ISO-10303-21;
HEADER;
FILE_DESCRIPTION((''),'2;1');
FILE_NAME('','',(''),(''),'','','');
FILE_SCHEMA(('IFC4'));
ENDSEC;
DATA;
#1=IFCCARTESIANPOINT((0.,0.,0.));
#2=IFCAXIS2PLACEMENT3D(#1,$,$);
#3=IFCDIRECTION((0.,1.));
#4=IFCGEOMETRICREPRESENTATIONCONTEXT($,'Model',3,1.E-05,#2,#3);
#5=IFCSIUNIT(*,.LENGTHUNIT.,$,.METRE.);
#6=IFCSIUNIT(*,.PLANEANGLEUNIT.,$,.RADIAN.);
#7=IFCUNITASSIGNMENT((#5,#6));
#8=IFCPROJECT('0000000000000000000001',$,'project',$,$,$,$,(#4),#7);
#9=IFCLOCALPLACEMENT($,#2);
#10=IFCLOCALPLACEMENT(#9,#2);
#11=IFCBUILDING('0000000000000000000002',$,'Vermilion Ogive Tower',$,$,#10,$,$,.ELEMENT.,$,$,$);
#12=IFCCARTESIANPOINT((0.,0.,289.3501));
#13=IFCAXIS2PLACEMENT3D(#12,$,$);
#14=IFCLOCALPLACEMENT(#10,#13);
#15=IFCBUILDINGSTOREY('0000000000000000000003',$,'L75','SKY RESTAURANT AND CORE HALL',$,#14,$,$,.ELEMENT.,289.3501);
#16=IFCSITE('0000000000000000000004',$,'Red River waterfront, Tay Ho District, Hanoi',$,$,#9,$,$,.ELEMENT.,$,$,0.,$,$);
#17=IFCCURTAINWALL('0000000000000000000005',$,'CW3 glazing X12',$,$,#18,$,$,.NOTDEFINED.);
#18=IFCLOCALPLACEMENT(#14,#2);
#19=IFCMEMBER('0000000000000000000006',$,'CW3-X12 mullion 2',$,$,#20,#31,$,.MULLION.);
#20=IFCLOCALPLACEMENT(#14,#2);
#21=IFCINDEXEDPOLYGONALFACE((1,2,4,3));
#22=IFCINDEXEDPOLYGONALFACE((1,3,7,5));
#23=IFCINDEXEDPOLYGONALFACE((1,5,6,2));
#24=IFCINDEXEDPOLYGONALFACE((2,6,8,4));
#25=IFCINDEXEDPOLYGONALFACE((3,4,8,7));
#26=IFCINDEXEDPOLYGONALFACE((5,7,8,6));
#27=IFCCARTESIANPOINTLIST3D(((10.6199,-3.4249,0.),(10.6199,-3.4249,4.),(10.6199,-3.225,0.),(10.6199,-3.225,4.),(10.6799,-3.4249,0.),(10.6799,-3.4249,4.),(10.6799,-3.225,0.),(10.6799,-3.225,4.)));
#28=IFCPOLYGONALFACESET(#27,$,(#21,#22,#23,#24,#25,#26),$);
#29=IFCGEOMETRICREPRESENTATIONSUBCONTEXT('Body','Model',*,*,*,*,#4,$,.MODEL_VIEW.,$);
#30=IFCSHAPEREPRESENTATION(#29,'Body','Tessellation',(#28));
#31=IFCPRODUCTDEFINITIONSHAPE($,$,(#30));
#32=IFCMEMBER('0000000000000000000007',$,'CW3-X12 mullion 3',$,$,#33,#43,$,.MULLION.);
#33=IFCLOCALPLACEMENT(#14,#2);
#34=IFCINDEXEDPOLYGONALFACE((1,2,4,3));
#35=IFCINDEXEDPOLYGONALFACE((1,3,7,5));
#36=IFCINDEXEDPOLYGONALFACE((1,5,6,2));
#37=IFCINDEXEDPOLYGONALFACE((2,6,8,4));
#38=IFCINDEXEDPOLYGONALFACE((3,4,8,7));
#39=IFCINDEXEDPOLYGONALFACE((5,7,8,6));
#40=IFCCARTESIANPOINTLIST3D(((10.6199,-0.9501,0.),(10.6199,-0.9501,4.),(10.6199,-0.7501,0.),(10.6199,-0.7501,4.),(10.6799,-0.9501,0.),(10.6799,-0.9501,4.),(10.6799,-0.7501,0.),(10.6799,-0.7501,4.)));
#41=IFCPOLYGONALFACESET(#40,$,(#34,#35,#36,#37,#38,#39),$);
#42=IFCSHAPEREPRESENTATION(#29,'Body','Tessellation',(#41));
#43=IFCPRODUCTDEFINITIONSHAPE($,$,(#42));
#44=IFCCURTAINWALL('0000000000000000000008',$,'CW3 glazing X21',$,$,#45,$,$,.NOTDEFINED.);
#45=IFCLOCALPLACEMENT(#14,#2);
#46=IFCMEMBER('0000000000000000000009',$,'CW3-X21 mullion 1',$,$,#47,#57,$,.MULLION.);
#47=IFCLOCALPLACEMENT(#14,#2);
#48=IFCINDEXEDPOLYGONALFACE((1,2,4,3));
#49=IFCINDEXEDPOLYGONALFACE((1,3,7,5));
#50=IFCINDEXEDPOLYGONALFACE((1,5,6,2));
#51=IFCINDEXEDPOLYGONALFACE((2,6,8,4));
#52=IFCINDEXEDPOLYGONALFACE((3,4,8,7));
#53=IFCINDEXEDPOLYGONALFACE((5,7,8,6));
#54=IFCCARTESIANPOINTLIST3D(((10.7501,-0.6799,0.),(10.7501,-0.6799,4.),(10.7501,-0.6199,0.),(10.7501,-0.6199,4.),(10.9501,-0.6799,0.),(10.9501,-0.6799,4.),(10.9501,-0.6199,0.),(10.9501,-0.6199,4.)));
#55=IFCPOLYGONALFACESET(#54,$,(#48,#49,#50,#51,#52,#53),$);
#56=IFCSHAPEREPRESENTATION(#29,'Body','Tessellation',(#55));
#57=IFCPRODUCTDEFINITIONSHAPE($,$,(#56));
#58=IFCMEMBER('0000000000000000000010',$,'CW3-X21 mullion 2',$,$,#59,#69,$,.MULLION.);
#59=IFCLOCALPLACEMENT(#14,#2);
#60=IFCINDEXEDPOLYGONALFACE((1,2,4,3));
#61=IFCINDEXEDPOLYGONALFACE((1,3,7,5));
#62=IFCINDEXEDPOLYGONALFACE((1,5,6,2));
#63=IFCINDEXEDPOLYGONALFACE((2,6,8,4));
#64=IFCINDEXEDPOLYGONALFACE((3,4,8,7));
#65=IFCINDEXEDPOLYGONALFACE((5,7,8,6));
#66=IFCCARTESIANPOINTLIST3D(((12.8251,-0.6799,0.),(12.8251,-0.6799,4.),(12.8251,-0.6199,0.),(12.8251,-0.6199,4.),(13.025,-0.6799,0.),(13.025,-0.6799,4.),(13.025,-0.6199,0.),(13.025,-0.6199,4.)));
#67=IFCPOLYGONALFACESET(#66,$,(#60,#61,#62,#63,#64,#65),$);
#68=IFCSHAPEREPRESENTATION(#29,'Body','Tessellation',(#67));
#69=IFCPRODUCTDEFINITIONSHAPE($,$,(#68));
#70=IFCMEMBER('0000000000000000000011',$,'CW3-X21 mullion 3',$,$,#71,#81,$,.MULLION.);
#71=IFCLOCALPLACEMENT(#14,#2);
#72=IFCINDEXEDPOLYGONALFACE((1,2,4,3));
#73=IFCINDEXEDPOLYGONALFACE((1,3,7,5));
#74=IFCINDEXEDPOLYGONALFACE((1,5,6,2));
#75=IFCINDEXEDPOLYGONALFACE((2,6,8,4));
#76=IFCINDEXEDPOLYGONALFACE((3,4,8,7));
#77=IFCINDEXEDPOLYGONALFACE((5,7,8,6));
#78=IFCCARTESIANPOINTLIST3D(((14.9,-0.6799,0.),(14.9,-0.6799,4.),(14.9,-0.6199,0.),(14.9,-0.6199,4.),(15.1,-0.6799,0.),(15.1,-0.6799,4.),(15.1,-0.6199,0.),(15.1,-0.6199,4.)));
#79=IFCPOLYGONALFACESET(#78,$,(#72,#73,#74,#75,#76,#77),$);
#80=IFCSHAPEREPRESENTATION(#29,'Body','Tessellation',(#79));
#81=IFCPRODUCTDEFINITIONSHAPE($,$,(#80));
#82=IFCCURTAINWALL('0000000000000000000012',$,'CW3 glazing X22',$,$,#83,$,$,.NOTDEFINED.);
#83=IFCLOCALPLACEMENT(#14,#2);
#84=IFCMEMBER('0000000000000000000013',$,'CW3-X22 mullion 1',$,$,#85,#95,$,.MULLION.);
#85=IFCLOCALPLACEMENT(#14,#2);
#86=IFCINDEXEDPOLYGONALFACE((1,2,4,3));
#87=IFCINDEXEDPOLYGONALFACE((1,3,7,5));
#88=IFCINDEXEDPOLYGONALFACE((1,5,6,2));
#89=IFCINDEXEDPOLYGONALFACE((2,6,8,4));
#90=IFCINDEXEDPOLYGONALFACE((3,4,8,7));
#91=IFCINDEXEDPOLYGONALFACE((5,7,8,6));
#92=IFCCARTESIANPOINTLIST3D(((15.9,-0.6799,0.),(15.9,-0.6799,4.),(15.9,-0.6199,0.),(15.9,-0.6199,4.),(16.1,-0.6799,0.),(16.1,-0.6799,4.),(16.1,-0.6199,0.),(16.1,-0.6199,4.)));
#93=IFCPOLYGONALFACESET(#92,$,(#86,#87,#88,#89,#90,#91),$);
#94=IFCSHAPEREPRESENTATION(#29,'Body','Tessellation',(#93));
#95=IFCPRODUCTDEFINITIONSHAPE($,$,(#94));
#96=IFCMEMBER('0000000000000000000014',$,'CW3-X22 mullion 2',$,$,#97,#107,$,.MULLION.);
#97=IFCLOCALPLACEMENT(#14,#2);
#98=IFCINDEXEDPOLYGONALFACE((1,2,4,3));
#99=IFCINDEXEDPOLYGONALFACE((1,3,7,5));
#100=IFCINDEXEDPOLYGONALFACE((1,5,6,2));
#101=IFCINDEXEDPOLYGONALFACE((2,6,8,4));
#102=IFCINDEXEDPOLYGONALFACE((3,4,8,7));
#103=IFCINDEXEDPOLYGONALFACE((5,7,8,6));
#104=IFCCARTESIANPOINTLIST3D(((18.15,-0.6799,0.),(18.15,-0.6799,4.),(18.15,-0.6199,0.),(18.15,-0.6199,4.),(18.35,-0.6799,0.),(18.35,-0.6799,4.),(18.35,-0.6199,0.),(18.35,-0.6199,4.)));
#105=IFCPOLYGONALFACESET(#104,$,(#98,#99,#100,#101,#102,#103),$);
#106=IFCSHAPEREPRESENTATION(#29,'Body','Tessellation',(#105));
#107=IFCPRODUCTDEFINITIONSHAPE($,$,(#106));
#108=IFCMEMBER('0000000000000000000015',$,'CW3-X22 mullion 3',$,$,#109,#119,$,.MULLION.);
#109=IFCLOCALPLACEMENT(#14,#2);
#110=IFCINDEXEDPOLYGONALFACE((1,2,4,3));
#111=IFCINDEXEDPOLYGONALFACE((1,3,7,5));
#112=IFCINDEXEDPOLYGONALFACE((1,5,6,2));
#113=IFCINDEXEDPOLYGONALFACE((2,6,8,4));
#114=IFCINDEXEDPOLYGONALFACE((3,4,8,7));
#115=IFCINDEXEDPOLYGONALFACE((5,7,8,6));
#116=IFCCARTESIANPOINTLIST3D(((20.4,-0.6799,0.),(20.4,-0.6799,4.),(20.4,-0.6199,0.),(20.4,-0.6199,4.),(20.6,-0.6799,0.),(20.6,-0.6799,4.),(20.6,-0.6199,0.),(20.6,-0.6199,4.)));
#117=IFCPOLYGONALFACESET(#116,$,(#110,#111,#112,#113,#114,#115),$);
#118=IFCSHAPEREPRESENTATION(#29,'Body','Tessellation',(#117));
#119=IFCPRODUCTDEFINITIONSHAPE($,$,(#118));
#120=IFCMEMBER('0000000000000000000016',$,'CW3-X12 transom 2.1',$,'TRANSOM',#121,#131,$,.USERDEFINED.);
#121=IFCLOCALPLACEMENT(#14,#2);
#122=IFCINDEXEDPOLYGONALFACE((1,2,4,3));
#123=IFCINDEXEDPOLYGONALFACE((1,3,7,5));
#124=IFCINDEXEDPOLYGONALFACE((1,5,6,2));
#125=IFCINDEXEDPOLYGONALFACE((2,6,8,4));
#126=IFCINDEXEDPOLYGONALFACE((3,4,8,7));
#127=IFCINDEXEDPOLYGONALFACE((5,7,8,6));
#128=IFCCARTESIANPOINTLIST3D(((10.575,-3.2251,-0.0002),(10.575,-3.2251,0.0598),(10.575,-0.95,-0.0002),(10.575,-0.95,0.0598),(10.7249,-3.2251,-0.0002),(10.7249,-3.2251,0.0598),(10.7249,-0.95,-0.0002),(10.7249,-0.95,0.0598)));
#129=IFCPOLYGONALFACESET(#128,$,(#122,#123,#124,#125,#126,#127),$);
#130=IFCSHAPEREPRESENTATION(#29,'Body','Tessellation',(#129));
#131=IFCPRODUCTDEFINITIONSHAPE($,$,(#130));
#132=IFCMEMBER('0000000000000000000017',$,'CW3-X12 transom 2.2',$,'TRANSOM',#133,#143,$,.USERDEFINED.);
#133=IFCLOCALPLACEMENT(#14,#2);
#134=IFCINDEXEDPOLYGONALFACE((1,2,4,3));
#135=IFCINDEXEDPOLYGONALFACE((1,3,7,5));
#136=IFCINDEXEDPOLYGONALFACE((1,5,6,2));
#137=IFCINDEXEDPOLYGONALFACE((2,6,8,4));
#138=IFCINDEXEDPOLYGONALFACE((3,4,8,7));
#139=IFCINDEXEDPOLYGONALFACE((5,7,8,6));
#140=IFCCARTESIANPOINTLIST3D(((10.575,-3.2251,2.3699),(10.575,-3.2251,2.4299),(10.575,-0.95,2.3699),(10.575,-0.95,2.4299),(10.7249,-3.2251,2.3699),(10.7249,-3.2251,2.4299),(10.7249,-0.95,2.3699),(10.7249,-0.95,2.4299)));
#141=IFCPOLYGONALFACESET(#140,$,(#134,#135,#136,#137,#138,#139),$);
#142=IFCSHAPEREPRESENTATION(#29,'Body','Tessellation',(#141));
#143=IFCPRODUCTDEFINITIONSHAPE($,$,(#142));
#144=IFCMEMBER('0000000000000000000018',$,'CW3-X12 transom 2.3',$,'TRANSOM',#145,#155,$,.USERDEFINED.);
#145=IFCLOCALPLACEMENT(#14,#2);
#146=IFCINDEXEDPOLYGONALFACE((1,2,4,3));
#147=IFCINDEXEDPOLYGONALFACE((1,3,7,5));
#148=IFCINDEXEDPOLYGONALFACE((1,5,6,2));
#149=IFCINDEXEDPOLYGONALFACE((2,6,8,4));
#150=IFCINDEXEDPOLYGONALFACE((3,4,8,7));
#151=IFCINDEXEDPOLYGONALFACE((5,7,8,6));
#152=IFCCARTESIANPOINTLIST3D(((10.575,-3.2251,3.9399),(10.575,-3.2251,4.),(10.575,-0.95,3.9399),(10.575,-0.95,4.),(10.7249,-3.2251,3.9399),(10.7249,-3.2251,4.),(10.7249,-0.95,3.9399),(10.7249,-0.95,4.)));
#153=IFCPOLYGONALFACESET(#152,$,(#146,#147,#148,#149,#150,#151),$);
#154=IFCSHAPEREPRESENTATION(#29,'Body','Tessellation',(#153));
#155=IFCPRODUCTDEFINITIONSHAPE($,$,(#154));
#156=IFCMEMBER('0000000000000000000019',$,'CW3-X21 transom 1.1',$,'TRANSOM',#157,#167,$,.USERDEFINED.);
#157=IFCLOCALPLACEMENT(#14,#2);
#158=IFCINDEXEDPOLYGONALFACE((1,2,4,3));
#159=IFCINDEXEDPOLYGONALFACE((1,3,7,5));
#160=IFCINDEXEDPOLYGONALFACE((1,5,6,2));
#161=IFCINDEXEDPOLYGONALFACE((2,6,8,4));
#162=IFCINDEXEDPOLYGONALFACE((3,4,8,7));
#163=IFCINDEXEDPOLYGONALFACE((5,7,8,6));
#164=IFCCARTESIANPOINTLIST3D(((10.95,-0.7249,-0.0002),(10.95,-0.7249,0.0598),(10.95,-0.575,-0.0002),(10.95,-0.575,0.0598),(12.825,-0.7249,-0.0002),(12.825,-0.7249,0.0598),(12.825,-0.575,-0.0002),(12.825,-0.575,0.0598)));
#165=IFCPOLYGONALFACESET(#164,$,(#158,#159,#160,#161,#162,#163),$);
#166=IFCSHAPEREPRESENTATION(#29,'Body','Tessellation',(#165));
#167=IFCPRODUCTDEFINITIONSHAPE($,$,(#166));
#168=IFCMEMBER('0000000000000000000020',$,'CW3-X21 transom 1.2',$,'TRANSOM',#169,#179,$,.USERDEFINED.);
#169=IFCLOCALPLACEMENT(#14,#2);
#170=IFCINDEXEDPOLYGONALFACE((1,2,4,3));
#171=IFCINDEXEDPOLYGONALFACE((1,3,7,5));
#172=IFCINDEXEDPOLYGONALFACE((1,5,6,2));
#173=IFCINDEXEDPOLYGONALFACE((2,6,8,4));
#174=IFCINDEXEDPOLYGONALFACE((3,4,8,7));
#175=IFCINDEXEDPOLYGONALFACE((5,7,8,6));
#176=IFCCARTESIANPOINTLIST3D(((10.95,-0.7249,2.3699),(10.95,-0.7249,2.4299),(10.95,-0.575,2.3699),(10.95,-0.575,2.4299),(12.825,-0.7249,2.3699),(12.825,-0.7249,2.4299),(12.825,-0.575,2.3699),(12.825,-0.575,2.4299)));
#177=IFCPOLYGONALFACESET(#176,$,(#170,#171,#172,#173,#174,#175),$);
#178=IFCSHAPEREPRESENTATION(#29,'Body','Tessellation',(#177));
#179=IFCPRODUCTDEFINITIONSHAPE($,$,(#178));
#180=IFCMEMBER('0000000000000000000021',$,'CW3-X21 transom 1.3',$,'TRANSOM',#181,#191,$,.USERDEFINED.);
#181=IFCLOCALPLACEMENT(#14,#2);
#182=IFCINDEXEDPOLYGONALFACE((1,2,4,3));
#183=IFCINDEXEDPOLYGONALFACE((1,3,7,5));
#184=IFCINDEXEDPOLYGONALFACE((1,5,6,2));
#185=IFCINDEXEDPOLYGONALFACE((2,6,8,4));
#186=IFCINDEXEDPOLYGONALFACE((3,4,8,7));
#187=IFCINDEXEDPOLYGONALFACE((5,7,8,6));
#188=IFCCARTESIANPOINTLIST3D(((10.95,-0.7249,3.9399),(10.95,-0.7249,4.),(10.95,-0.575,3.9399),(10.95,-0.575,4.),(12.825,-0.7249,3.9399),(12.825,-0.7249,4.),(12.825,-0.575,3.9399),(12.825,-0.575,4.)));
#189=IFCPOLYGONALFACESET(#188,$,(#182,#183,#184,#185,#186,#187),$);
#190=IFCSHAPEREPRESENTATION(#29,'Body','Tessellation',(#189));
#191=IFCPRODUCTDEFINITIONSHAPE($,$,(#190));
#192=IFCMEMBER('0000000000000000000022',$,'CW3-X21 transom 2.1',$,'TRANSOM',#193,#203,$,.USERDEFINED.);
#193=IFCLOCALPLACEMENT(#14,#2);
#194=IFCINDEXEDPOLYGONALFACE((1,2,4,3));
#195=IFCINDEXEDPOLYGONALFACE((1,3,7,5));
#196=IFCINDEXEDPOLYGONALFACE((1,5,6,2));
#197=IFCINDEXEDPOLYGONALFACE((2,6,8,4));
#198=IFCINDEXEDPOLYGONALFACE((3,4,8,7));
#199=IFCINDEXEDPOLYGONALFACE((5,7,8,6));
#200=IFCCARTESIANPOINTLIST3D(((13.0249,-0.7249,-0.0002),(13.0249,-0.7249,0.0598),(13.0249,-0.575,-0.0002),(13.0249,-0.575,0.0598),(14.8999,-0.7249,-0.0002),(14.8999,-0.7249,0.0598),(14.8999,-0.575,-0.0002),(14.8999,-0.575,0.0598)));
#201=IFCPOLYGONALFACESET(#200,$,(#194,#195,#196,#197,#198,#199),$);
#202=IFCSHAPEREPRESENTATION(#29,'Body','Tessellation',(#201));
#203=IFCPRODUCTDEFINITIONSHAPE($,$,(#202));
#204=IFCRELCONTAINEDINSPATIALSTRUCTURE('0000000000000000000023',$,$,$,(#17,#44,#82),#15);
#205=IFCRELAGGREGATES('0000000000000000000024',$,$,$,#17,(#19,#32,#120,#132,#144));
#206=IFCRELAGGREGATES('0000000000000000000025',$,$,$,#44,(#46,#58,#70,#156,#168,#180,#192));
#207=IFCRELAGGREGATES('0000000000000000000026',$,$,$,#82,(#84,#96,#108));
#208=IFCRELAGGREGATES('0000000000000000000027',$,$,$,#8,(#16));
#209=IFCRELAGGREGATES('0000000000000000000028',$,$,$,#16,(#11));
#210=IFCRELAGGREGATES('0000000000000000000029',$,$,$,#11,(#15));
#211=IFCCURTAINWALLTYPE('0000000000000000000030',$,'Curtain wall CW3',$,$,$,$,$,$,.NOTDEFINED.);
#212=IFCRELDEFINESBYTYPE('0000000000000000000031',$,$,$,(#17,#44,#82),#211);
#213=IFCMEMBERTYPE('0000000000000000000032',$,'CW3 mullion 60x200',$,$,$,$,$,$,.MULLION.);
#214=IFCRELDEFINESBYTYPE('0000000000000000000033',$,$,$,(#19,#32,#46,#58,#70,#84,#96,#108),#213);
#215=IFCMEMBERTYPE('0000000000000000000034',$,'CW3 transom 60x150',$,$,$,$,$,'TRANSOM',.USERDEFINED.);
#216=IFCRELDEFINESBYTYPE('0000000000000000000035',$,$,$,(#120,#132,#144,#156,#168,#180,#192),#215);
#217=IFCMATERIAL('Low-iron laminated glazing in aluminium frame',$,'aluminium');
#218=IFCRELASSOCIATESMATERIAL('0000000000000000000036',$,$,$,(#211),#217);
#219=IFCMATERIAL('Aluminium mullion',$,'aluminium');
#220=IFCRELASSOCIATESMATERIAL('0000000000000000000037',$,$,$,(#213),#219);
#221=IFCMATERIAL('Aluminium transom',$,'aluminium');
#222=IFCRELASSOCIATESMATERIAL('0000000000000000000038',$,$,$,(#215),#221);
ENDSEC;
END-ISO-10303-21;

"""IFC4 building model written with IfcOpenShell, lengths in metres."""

from ifc_helpers import new_model, si_unit, direction, frame, origin, origin_2d, place, context, subcontext, project, spatial, rectangle, extrude, material, material_profile, profile_set, type_object, element, aggregate, save


model = new_model("IFC4")

# Units and contexts
model_context = context("Model", 3, precision=1e-05, world=origin(), true_north=direction((0.0, 1.0)))
body_context = subcontext(model_context, "Body", "Model", "MODEL_VIEW")
ifc_project = project(units=[si_unit("LENGTHUNIT", "METRE"), si_unit("PLANEANGLEUNIT", "RADIAN")], contexts=[model_context])

# Site, building, storey
site_placement = place(None, origin())
site = spatial("IfcSite", under=ifc_project, at=site_placement, Name="Red River waterfront, Tay Ho District, Hanoi", CompositionType="ELEMENT", RefElevation=0.0)
building_placement = place(site_placement, origin())
building = spatial("IfcBuilding", under=site, at=building_placement, Name="Vermilion Ogive Tower", CompositionType="ELEMENT")
storey_placement = place(building_placement, frame((0.0, 0.0, 289.3501)))
storey = spatial("IfcBuildingStorey", under=building, at=storey_placement, Name="L75", Description="SKY RESTAURANT AND CORE HALL", CompositionType="ELEMENT", Elevation=289.3501)

# Curtain walls, members
ifc_material_1 = material(Name="Low-iron laminated glazing in aluminium frame", Category="aluminium")
curtain_wall_type = type_object("IfcCurtainWallType", Name="Curtain wall CW3", PredefinedType="NOTDEFINED", material=ifc_material_1)
curtain_wall_1_placement = place(storey_placement, origin())
curtain_wall_1 = element("IfcCurtainWall", 1, at=curtain_wall_1_placement, inside=storey, type_object=curtain_wall_type, Name="CW3 glazing X12", PredefinedType="NOTDEFINED")
ifc_material_2 = material(Name="Aluminium mullion", Category="aluminium")
ifc_material_profile_1 = material_profile(ifc_material_2, rectangle(XDim=0.0601, YDim=0.2, at=origin_2d()), Name="AL 60x200")
ifc_profile_set_1 = profile_set([ifc_material_profile_1], Name="Aluminium mullion")
member_type_1 = type_object("IfcMemberType", Name="CW3 mullion 60x200", PredefinedType="MULLION", material=ifc_profile_set_1)
member_1_placement = place(storey_placement, frame((10.6499, -3.325, 0.0), z_axis=(0.0, 0.0, 1.0), x_axis=(-1.0, 0.0, 0.0)))
member_1 = element("IfcMember", 2, at=member_1_placement, type_object=member_type_1, Name="CW3-X12 mullion 2", PredefinedType="MULLION", context=body_context, shape_type="SweptSolid", body=[
    extrude(rectangle(XDim=0.0601, YDim=0.2, at=origin_2d()), origin(), (0.0, 0.0, 1.0), 4.0),
])
member_2_placement = place(storey_placement, frame((10.6499, -0.8501, 0.0), z_axis=(0.0, 0.0, 1.0), x_axis=(-1.0, 0.0, 0.0)))
member_2 = element("IfcMember", 3, at=member_2_placement, type_object=member_type_1, Name="CW3-X12 mullion 3", PredefinedType="MULLION", context=body_context, shape_type="SweptSolid", body=[
    extrude(rectangle(XDim=0.0601, YDim=0.2, at=origin_2d()), origin(), (0.0, 0.0, 1.0), 4.0),
])
curtain_wall_2_placement = place(storey_placement, origin())
curtain_wall_2 = element("IfcCurtainWall", 4, at=curtain_wall_2_placement, inside=storey, type_object=curtain_wall_type, Name="CW3 glazing X21", PredefinedType="NOTDEFINED")
member_3_placement = place(storey_placement, frame((10.8501, -0.6499, 0.0), z_axis=(0.0, 0.0, 1.0), x_axis=(0.0, 1.0, 0.0)))
member_3 = element("IfcMember", 5, at=member_3_placement, type_object=member_type_1, Name="CW3-X21 mullion 1", PredefinedType="MULLION", context=body_context, shape_type="SweptSolid", body=[
    extrude(rectangle(XDim=0.0601, YDim=0.2, at=origin_2d()), origin(), (0.0, 0.0, 1.0), 4.0),
])
member_4_placement = place(storey_placement, frame((12.925, -0.6499, 0.0), z_axis=(0.0, 0.0, 1.0), x_axis=(0.0, 1.0, 0.0)))
member_4 = element("IfcMember", 6, at=member_4_placement, type_object=member_type_1, Name="CW3-X21 mullion 2", PredefinedType="MULLION", context=body_context, shape_type="SweptSolid", body=[
    extrude(rectangle(XDim=0.0601, YDim=0.2, at=origin_2d()), origin(), (0.0, 0.0, 1.0), 4.0),
])
member_5_placement = place(storey_placement, frame((15.0, -0.6499, 0.0), z_axis=(0.0, 0.0, 1.0), x_axis=(0.0, 1.0, 0.0)))
member_5 = element("IfcMember", 7, at=member_5_placement, type_object=member_type_1, Name="CW3-X21 mullion 3", PredefinedType="MULLION", context=body_context, shape_type="SweptSolid", body=[
    extrude(rectangle(XDim=0.0601, YDim=0.2, at=origin_2d()), origin(), (0.0, 0.0, 1.0), 4.0),
])
curtain_wall_3_placement = place(storey_placement, origin())
curtain_wall_3 = element("IfcCurtainWall", 8, at=curtain_wall_3_placement, inside=storey, type_object=curtain_wall_type, Name="CW3 glazing X22", PredefinedType="NOTDEFINED")
member_6_placement = place(storey_placement, frame((16.0, -0.6499, 0.0), z_axis=(0.0, 0.0, 1.0), x_axis=(0.0, 1.0, 0.0)))
member_6 = element("IfcMember", 9, at=member_6_placement, type_object=member_type_1, Name="CW3-X22 mullion 1", PredefinedType="MULLION", context=body_context, shape_type="SweptSolid", body=[
    extrude(rectangle(XDim=0.0601, YDim=0.2, at=origin_2d()), origin(), (0.0, 0.0, 1.0), 4.0),
])
member_7_placement = place(storey_placement, frame((18.25, -0.6499, 0.0), z_axis=(0.0, 0.0, 1.0), x_axis=(0.0, 1.0, 0.0)))
member_7 = element("IfcMember", 10, at=member_7_placement, type_object=member_type_1, Name="CW3-X22 mullion 2", PredefinedType="MULLION", context=body_context, shape_type="SweptSolid", body=[
    extrude(rectangle(XDim=0.0601, YDim=0.2, at=origin_2d()), origin(), (0.0, 0.0, 1.0), 4.0),
])
member_8_placement = place(storey_placement, frame((20.5, -0.6499, 0.0), z_axis=(0.0, 0.0, 1.0), x_axis=(0.0, 1.0, 0.0)))
member_8 = element("IfcMember", 11, at=member_8_placement, type_object=member_type_1, Name="CW3-X22 mullion 3", PredefinedType="MULLION", context=body_context, shape_type="SweptSolid", body=[
    extrude(rectangle(XDim=0.0601, YDim=0.2, at=origin_2d()), origin(), (0.0, 0.0, 1.0), 4.0),
])

# Members
ifc_material_3 = material(Name="Aluminium transom", Category="aluminium")
ifc_material_profile_2 = material_profile(ifc_material_3, rectangle(XDim=0.1499, YDim=0.0601, at=origin_2d()), Name="AL 60x150")
ifc_profile_set_2 = profile_set([ifc_material_profile_2], Name="Aluminium transom")
member_type_2 = type_object("IfcMemberType", Name="CW3 transom 60x150", ElementType="TRANSOM", PredefinedType="USERDEFINED", material=ifc_profile_set_2)
member_9_placement = place(storey_placement, frame((10.6499, -3.2251, 0.0298), z_axis=(0.0, 1.0, 0.0), x_axis=(-1.0, 0.0, 0.0)))
member_9 = element("IfcMember", 12, at=member_9_placement, type_object=member_type_2, Name="CW3-X12 transom 2.1", ObjectType="TRANSOM", PredefinedType="USERDEFINED", context=body_context, shape_type="SweptSolid", body=[
    extrude(rectangle(XDim=0.1499, YDim=0.0601, at=origin_2d()), origin(), (0.0, 0.0, 1.0), 2.2751),
])
member_10_placement = place(storey_placement, frame((10.6499, -3.2251, 2.3999), z_axis=(0.0, 1.0, 0.0), x_axis=(-1.0, 0.0, 0.0)))
member_10 = element("IfcMember", 13, at=member_10_placement, type_object=member_type_2, Name="CW3-X12 transom 2.2", ObjectType="TRANSOM", PredefinedType="USERDEFINED", context=body_context, shape_type="SweptSolid", body=[
    extrude(rectangle(XDim=0.1499, YDim=0.0601, at=origin_2d()), origin(), (0.0, 0.0, 1.0), 2.2751),
])
member_11_placement = place(storey_placement, frame((10.6499, -3.2251, 3.97), z_axis=(0.0, 1.0, 0.0), x_axis=(-1.0, 0.0, 0.0)))
member_11 = element("IfcMember", 14, at=member_11_placement, type_object=member_type_2, Name="CW3-X12 transom 2.3", ObjectType="TRANSOM", PredefinedType="USERDEFINED", context=body_context, shape_type="SweptSolid", body=[
    extrude(rectangle(XDim=0.1499, YDim=0.0601, at=origin_2d()), origin(), (0.0, 0.0, 1.0), 2.2751),
])
member_12_placement = place(storey_placement, frame((10.95, -0.6499, 0.0298), z_axis=(1.0, 0.0, 0.0), x_axis=(0.0, 1.0, 0.0)))
member_12 = element("IfcMember", 15, at=member_12_placement, type_object=member_type_2, Name="CW3-X21 transom 1.1", ObjectType="TRANSOM", PredefinedType="USERDEFINED", context=body_context, shape_type="SweptSolid", body=[
    extrude(rectangle(XDim=0.1499, YDim=0.0601, at=origin_2d()), origin(), (0.0, 0.0, 1.0), 1.875),
])
member_13_placement = place(storey_placement, frame((10.95, -0.6499, 2.3999), z_axis=(1.0, 0.0, 0.0), x_axis=(0.0, 1.0, 0.0)))
member_13 = element("IfcMember", 16, at=member_13_placement, type_object=member_type_2, Name="CW3-X21 transom 1.2", ObjectType="TRANSOM", PredefinedType="USERDEFINED", context=body_context, shape_type="SweptSolid", body=[
    extrude(rectangle(XDim=0.1499, YDim=0.0601, at=origin_2d()), origin(), (0.0, 0.0, 1.0), 1.875),
])
member_14_placement = place(storey_placement, frame((10.95, -0.6499, 3.97), z_axis=(1.0, 0.0, 0.0), x_axis=(0.0, 1.0, 0.0)))
member_14 = element("IfcMember", 17, at=member_14_placement, type_object=member_type_2, Name="CW3-X21 transom 1.3", ObjectType="TRANSOM", PredefinedType="USERDEFINED", context=body_context, shape_type="SweptSolid", body=[
    extrude(rectangle(XDim=0.1499, YDim=0.0601, at=origin_2d()), origin(), (0.0, 0.0, 1.0), 1.875),
])
member_15_placement = place(storey_placement, frame((13.0249, -0.6499, 0.0298), z_axis=(1.0, 0.0, 0.0), x_axis=(0.0, 1.0, 0.0)))
member_15 = element("IfcMember", 18, at=member_15_placement, type_object=member_type_2, Name="CW3-X21 transom 2.1", ObjectType="TRANSOM", PredefinedType="USERDEFINED", context=body_context, shape_type="SweptSolid", body=[
    extrude(rectangle(XDim=0.1499, YDim=0.0601, at=origin_2d()), origin(), (0.0, 0.0, 1.0), 1.875),
])

aggregate(curtain_wall_1, [member_1, member_2, member_9, member_10, member_11])
aggregate(curtain_wall_2, [member_3, member_4, member_5, member_12, member_13, member_14, member_15])
aggregate(curtain_wall_3, [member_6, member_7, member_8])

save(model, "model.ifc")
